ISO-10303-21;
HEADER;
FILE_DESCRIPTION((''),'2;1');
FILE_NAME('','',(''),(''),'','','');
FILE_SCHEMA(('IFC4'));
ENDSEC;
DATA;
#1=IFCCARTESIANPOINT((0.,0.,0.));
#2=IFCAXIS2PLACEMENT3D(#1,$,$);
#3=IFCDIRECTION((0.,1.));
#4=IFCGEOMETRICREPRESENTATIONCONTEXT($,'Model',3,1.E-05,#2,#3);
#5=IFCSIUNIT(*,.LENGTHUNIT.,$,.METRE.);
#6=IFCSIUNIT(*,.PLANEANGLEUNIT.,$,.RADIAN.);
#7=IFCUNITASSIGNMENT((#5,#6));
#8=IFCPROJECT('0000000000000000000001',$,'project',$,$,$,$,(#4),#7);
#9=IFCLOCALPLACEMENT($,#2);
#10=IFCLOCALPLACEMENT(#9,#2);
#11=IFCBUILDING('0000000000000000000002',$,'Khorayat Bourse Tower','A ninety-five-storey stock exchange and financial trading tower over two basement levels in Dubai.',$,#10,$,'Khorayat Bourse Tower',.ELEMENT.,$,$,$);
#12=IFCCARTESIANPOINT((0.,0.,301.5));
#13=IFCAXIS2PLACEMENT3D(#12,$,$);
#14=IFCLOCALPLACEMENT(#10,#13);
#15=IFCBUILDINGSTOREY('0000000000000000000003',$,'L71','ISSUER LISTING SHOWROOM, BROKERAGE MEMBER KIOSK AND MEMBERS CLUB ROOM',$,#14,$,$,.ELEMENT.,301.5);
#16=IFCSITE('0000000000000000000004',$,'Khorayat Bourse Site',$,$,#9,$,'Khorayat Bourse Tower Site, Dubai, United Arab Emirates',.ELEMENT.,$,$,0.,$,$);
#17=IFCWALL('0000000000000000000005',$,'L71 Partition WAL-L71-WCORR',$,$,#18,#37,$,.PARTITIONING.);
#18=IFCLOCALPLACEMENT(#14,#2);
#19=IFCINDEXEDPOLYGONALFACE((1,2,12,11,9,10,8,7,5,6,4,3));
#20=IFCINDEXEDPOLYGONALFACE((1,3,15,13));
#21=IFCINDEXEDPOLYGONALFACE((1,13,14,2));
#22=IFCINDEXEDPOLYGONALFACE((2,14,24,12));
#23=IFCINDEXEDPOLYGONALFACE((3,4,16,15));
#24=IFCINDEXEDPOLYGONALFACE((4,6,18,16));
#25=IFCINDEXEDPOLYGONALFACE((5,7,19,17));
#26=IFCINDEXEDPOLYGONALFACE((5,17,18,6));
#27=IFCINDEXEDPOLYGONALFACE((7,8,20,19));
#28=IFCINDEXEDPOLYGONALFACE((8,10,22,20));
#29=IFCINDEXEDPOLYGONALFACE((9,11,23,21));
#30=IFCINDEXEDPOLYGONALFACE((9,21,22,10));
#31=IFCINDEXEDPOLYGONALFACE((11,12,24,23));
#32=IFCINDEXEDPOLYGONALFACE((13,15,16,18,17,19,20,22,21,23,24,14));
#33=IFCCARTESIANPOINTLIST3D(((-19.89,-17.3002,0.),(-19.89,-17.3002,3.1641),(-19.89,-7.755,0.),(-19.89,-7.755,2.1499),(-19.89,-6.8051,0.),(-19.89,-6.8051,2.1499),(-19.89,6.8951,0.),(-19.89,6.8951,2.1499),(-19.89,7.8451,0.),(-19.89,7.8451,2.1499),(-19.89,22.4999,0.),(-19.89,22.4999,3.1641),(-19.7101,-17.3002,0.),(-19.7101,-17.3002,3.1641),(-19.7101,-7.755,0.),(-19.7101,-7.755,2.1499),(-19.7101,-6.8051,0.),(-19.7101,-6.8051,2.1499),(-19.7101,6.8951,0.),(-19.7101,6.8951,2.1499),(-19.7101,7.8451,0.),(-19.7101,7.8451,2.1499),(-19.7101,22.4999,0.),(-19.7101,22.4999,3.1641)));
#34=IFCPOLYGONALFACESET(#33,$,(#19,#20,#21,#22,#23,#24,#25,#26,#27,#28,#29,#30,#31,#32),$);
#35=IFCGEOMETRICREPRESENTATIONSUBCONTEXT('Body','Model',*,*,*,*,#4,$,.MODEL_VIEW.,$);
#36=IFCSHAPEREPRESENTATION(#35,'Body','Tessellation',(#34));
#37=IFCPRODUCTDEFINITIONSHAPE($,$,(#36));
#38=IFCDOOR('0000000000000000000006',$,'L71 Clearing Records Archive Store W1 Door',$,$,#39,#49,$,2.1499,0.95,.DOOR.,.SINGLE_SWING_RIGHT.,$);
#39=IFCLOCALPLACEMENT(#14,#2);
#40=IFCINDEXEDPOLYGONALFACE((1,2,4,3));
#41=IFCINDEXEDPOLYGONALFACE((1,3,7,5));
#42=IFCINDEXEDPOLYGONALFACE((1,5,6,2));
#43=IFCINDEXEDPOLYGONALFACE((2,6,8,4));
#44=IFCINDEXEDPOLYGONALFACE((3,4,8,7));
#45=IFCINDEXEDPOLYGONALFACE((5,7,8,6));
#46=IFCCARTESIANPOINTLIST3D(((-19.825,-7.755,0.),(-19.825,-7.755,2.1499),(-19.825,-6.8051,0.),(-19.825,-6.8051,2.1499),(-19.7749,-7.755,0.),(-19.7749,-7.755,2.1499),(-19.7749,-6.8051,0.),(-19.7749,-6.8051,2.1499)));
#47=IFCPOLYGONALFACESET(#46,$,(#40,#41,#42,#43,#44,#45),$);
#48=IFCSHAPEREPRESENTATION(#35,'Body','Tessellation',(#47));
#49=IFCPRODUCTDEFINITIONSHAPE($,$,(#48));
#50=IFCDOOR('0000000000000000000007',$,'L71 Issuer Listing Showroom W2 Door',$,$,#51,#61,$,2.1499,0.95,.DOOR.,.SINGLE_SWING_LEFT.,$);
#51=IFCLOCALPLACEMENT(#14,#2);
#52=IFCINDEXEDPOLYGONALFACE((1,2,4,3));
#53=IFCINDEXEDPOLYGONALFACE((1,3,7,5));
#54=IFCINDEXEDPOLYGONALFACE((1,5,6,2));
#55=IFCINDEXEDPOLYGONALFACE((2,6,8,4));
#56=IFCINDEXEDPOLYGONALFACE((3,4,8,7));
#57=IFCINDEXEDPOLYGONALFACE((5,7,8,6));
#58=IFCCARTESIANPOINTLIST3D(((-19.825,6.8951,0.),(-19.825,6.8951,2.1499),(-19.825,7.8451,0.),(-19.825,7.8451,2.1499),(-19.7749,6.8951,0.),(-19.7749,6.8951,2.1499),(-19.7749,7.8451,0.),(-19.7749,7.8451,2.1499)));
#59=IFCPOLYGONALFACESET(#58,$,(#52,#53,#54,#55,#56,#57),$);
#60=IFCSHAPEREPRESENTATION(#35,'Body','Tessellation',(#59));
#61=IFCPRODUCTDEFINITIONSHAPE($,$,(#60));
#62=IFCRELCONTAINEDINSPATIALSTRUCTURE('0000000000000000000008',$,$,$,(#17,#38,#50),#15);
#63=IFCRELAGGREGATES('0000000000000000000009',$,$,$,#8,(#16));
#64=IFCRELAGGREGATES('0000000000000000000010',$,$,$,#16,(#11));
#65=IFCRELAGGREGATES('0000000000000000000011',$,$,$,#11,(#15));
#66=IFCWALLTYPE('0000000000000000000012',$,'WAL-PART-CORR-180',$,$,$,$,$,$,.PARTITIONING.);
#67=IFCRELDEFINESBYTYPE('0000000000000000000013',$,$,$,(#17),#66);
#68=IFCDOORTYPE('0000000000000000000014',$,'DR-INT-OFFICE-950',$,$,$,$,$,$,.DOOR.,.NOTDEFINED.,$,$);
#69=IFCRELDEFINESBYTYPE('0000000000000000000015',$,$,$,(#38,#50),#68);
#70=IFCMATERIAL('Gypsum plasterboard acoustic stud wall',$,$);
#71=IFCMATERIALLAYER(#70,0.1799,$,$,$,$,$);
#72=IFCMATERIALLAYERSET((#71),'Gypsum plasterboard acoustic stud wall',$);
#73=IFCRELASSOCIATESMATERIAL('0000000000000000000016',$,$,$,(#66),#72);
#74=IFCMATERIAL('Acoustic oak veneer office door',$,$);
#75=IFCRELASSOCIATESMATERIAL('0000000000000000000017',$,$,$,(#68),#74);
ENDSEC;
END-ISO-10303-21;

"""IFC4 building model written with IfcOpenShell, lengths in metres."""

from ifc_helpers import new_model, si_unit, direction, frame, frame_2d, origin, place, context, subcontext, project, spatial, rectangle, extrude, source, transform, mapped, material, layer, layer_set, type_object, element, fill, save


model = new_model("IFC4")

# Units and contexts
model_context = context("Model", 3, precision=1e-05, world=origin(), true_north=direction((0.0, 1.0)))
body_context = subcontext(model_context, "Body", "Model", "MODEL_VIEW")
ifc_project = project(units=[si_unit("LENGTHUNIT", "METRE"), si_unit("PLANEANGLEUNIT", "RADIAN")], contexts=[model_context])

# Site, building, storey
site_placement = place(None, origin())
site = spatial("IfcSite", under=ifc_project, at=site_placement, Name="Khorayat Bourse Site", LongName="Khorayat Bourse Tower Site, Dubai, United Arab Emirates", CompositionType="ELEMENT", RefElevation=0.0)
building_placement = place(site_placement, origin())
building = spatial("IfcBuilding", under=site, at=building_placement, Name="Khorayat Bourse Tower", Description="A ninety-five-storey stock exchange and financial trading tower over two basement levels in Dubai.", LongName="Khorayat Bourse Tower", CompositionType="ELEMENT")
storey_placement = place(building_placement, frame((0.0, 0.0, 301.5)))
storey = spatial("IfcBuildingStorey", under=building, at=storey_placement, Name="L71", Description="ISSUER LISTING SHOWROOM, BROKERAGE MEMBER KIOSK AND MEMBERS CLUB ROOM", CompositionType="ELEMENT", Elevation=301.5)

# Shared definitions
ifc_material_1 = material(Name="Gypsum plasterboard acoustic stud wall")
ifc_layer_1 = layer(ifc_material_1, 0.1799)
ifc_layer_set_1 = layer_set([ifc_layer_1], Name="Gypsum plasterboard acoustic stud wall")
wall_type_1 = type_object("IfcWallType", Name="WAL-PART-CORR-180", PredefinedType="PARTITIONING", material=ifc_layer_set_1)

# Wall, openings, doors
shared_shape_1 = source(origin(), body_context, "Body", "SweptSolid", [
    extrude(rectangle(XDim=39.8, YDim=0.1799, at=frame_2d((19.8999, 0.0))), origin(), (0.0, 0.0, 1.0), 3.1641),
])
wall_1_placement = place(storey_placement, frame((-19.8, -17.3, 0.0), z_axis=(0.0, 0.0, 1.0), x_axis=(0.0, 1.0, 0.0)))
wall_1 = element("IfcWall", 1, at=wall_1_placement, inside=storey, type_object=wall_type_1, Name="L71 Partition WAL-L71-WCORR", PredefinedType="PARTITIONING", context=body_context, shape_type="MappedRepresentation", body=[
    mapped(shared_shape_1, transform((0.0, 0.0, 0.0), scale=1.0)),
])
shared_shape_2 = source(origin(), body_context, "Body", "SweptSolid", [
    extrude(rectangle(XDim=0.95, YDim=2.1499, at=frame_2d((0.4751, 1.075))), frame((0.0, 0.0999, 0.0), z_axis=(0.0, -1.0, 0.0), x_axis=(1.0, 0.0, 0.0)), (0.0, 0.0, 1.0), 0.2),
])
opening_1_placement = place(wall_1_placement, frame((9.5449, 0.0, 0.0)))
opening_1 = element("IfcOpeningElement", 2, at=opening_1_placement, cuts=wall_1, PredefinedType="OPENING", context=body_context, shape_type="MappedRepresentation", body=[
    mapped(shared_shape_2, transform((0.0, 0.0, 0.0), scale=1.0)),
])
opening_2_placement = place(wall_1_placement, frame((24.1951, 0.0, 0.0)))
opening_2 = element("IfcOpeningElement", 3, at=opening_2_placement, cuts=wall_1, PredefinedType="OPENING", context=body_context, shape_type="MappedRepresentation", body=[
    mapped(shared_shape_2, transform((0.0, 0.0, 0.0), scale=1.0)),
])
ifc_material_2 = material(Name="Acoustic oak veneer office door")
door_type_1 = type_object("IfcDoorType", Name="DR-INT-OFFICE-950", OperationType="NOTDEFINED", PredefinedType="DOOR", material=ifc_material_2)
shared_shape_3 = source(origin(), body_context, "Body", "SweptSolid", [
    extrude(rectangle(XDim=0.95, YDim=2.1499, at=frame_2d((0.4751, 1.075))), frame((0.0, 0.0249, 0.0), z_axis=(0.0, -1.0, 0.0), x_axis=(1.0, 0.0, 0.0)), (0.0, 0.0, 1.0), 0.05),
])
door_1_placement = place(opening_1_placement, origin())
door_1 = element("IfcDoor", 4, at=door_1_placement, inside=storey, type_object=door_type_1, Name="L71 Clearing Records Archive Store W1 Door", OperationType="SINGLE_SWING_RIGHT", OverallHeight=2.1499, OverallWidth=0.95, PredefinedType="DOOR", context=body_context, shape_type="MappedRepresentation", body=[
    mapped(shared_shape_3, transform((0.0, 0.0, 0.0), scale=1.0)),
])
fill(opening_1, door_1)
door_2_placement = place(opening_2_placement, origin())
door_2 = element("IfcDoor", 5, at=door_2_placement, inside=storey, type_object=door_type_1, Name="L71 Issuer Listing Showroom W2 Door", OperationType="SINGLE_SWING_LEFT", OverallHeight=2.1499, OverallWidth=0.95, PredefinedType="DOOR", context=body_context, shape_type="MappedRepresentation", body=[
    mapped(shared_shape_3, transform((0.0, 0.0, 0.0), scale=1.0)),
])
fill(opening_2, door_2)

save(model, "model.ifc")
